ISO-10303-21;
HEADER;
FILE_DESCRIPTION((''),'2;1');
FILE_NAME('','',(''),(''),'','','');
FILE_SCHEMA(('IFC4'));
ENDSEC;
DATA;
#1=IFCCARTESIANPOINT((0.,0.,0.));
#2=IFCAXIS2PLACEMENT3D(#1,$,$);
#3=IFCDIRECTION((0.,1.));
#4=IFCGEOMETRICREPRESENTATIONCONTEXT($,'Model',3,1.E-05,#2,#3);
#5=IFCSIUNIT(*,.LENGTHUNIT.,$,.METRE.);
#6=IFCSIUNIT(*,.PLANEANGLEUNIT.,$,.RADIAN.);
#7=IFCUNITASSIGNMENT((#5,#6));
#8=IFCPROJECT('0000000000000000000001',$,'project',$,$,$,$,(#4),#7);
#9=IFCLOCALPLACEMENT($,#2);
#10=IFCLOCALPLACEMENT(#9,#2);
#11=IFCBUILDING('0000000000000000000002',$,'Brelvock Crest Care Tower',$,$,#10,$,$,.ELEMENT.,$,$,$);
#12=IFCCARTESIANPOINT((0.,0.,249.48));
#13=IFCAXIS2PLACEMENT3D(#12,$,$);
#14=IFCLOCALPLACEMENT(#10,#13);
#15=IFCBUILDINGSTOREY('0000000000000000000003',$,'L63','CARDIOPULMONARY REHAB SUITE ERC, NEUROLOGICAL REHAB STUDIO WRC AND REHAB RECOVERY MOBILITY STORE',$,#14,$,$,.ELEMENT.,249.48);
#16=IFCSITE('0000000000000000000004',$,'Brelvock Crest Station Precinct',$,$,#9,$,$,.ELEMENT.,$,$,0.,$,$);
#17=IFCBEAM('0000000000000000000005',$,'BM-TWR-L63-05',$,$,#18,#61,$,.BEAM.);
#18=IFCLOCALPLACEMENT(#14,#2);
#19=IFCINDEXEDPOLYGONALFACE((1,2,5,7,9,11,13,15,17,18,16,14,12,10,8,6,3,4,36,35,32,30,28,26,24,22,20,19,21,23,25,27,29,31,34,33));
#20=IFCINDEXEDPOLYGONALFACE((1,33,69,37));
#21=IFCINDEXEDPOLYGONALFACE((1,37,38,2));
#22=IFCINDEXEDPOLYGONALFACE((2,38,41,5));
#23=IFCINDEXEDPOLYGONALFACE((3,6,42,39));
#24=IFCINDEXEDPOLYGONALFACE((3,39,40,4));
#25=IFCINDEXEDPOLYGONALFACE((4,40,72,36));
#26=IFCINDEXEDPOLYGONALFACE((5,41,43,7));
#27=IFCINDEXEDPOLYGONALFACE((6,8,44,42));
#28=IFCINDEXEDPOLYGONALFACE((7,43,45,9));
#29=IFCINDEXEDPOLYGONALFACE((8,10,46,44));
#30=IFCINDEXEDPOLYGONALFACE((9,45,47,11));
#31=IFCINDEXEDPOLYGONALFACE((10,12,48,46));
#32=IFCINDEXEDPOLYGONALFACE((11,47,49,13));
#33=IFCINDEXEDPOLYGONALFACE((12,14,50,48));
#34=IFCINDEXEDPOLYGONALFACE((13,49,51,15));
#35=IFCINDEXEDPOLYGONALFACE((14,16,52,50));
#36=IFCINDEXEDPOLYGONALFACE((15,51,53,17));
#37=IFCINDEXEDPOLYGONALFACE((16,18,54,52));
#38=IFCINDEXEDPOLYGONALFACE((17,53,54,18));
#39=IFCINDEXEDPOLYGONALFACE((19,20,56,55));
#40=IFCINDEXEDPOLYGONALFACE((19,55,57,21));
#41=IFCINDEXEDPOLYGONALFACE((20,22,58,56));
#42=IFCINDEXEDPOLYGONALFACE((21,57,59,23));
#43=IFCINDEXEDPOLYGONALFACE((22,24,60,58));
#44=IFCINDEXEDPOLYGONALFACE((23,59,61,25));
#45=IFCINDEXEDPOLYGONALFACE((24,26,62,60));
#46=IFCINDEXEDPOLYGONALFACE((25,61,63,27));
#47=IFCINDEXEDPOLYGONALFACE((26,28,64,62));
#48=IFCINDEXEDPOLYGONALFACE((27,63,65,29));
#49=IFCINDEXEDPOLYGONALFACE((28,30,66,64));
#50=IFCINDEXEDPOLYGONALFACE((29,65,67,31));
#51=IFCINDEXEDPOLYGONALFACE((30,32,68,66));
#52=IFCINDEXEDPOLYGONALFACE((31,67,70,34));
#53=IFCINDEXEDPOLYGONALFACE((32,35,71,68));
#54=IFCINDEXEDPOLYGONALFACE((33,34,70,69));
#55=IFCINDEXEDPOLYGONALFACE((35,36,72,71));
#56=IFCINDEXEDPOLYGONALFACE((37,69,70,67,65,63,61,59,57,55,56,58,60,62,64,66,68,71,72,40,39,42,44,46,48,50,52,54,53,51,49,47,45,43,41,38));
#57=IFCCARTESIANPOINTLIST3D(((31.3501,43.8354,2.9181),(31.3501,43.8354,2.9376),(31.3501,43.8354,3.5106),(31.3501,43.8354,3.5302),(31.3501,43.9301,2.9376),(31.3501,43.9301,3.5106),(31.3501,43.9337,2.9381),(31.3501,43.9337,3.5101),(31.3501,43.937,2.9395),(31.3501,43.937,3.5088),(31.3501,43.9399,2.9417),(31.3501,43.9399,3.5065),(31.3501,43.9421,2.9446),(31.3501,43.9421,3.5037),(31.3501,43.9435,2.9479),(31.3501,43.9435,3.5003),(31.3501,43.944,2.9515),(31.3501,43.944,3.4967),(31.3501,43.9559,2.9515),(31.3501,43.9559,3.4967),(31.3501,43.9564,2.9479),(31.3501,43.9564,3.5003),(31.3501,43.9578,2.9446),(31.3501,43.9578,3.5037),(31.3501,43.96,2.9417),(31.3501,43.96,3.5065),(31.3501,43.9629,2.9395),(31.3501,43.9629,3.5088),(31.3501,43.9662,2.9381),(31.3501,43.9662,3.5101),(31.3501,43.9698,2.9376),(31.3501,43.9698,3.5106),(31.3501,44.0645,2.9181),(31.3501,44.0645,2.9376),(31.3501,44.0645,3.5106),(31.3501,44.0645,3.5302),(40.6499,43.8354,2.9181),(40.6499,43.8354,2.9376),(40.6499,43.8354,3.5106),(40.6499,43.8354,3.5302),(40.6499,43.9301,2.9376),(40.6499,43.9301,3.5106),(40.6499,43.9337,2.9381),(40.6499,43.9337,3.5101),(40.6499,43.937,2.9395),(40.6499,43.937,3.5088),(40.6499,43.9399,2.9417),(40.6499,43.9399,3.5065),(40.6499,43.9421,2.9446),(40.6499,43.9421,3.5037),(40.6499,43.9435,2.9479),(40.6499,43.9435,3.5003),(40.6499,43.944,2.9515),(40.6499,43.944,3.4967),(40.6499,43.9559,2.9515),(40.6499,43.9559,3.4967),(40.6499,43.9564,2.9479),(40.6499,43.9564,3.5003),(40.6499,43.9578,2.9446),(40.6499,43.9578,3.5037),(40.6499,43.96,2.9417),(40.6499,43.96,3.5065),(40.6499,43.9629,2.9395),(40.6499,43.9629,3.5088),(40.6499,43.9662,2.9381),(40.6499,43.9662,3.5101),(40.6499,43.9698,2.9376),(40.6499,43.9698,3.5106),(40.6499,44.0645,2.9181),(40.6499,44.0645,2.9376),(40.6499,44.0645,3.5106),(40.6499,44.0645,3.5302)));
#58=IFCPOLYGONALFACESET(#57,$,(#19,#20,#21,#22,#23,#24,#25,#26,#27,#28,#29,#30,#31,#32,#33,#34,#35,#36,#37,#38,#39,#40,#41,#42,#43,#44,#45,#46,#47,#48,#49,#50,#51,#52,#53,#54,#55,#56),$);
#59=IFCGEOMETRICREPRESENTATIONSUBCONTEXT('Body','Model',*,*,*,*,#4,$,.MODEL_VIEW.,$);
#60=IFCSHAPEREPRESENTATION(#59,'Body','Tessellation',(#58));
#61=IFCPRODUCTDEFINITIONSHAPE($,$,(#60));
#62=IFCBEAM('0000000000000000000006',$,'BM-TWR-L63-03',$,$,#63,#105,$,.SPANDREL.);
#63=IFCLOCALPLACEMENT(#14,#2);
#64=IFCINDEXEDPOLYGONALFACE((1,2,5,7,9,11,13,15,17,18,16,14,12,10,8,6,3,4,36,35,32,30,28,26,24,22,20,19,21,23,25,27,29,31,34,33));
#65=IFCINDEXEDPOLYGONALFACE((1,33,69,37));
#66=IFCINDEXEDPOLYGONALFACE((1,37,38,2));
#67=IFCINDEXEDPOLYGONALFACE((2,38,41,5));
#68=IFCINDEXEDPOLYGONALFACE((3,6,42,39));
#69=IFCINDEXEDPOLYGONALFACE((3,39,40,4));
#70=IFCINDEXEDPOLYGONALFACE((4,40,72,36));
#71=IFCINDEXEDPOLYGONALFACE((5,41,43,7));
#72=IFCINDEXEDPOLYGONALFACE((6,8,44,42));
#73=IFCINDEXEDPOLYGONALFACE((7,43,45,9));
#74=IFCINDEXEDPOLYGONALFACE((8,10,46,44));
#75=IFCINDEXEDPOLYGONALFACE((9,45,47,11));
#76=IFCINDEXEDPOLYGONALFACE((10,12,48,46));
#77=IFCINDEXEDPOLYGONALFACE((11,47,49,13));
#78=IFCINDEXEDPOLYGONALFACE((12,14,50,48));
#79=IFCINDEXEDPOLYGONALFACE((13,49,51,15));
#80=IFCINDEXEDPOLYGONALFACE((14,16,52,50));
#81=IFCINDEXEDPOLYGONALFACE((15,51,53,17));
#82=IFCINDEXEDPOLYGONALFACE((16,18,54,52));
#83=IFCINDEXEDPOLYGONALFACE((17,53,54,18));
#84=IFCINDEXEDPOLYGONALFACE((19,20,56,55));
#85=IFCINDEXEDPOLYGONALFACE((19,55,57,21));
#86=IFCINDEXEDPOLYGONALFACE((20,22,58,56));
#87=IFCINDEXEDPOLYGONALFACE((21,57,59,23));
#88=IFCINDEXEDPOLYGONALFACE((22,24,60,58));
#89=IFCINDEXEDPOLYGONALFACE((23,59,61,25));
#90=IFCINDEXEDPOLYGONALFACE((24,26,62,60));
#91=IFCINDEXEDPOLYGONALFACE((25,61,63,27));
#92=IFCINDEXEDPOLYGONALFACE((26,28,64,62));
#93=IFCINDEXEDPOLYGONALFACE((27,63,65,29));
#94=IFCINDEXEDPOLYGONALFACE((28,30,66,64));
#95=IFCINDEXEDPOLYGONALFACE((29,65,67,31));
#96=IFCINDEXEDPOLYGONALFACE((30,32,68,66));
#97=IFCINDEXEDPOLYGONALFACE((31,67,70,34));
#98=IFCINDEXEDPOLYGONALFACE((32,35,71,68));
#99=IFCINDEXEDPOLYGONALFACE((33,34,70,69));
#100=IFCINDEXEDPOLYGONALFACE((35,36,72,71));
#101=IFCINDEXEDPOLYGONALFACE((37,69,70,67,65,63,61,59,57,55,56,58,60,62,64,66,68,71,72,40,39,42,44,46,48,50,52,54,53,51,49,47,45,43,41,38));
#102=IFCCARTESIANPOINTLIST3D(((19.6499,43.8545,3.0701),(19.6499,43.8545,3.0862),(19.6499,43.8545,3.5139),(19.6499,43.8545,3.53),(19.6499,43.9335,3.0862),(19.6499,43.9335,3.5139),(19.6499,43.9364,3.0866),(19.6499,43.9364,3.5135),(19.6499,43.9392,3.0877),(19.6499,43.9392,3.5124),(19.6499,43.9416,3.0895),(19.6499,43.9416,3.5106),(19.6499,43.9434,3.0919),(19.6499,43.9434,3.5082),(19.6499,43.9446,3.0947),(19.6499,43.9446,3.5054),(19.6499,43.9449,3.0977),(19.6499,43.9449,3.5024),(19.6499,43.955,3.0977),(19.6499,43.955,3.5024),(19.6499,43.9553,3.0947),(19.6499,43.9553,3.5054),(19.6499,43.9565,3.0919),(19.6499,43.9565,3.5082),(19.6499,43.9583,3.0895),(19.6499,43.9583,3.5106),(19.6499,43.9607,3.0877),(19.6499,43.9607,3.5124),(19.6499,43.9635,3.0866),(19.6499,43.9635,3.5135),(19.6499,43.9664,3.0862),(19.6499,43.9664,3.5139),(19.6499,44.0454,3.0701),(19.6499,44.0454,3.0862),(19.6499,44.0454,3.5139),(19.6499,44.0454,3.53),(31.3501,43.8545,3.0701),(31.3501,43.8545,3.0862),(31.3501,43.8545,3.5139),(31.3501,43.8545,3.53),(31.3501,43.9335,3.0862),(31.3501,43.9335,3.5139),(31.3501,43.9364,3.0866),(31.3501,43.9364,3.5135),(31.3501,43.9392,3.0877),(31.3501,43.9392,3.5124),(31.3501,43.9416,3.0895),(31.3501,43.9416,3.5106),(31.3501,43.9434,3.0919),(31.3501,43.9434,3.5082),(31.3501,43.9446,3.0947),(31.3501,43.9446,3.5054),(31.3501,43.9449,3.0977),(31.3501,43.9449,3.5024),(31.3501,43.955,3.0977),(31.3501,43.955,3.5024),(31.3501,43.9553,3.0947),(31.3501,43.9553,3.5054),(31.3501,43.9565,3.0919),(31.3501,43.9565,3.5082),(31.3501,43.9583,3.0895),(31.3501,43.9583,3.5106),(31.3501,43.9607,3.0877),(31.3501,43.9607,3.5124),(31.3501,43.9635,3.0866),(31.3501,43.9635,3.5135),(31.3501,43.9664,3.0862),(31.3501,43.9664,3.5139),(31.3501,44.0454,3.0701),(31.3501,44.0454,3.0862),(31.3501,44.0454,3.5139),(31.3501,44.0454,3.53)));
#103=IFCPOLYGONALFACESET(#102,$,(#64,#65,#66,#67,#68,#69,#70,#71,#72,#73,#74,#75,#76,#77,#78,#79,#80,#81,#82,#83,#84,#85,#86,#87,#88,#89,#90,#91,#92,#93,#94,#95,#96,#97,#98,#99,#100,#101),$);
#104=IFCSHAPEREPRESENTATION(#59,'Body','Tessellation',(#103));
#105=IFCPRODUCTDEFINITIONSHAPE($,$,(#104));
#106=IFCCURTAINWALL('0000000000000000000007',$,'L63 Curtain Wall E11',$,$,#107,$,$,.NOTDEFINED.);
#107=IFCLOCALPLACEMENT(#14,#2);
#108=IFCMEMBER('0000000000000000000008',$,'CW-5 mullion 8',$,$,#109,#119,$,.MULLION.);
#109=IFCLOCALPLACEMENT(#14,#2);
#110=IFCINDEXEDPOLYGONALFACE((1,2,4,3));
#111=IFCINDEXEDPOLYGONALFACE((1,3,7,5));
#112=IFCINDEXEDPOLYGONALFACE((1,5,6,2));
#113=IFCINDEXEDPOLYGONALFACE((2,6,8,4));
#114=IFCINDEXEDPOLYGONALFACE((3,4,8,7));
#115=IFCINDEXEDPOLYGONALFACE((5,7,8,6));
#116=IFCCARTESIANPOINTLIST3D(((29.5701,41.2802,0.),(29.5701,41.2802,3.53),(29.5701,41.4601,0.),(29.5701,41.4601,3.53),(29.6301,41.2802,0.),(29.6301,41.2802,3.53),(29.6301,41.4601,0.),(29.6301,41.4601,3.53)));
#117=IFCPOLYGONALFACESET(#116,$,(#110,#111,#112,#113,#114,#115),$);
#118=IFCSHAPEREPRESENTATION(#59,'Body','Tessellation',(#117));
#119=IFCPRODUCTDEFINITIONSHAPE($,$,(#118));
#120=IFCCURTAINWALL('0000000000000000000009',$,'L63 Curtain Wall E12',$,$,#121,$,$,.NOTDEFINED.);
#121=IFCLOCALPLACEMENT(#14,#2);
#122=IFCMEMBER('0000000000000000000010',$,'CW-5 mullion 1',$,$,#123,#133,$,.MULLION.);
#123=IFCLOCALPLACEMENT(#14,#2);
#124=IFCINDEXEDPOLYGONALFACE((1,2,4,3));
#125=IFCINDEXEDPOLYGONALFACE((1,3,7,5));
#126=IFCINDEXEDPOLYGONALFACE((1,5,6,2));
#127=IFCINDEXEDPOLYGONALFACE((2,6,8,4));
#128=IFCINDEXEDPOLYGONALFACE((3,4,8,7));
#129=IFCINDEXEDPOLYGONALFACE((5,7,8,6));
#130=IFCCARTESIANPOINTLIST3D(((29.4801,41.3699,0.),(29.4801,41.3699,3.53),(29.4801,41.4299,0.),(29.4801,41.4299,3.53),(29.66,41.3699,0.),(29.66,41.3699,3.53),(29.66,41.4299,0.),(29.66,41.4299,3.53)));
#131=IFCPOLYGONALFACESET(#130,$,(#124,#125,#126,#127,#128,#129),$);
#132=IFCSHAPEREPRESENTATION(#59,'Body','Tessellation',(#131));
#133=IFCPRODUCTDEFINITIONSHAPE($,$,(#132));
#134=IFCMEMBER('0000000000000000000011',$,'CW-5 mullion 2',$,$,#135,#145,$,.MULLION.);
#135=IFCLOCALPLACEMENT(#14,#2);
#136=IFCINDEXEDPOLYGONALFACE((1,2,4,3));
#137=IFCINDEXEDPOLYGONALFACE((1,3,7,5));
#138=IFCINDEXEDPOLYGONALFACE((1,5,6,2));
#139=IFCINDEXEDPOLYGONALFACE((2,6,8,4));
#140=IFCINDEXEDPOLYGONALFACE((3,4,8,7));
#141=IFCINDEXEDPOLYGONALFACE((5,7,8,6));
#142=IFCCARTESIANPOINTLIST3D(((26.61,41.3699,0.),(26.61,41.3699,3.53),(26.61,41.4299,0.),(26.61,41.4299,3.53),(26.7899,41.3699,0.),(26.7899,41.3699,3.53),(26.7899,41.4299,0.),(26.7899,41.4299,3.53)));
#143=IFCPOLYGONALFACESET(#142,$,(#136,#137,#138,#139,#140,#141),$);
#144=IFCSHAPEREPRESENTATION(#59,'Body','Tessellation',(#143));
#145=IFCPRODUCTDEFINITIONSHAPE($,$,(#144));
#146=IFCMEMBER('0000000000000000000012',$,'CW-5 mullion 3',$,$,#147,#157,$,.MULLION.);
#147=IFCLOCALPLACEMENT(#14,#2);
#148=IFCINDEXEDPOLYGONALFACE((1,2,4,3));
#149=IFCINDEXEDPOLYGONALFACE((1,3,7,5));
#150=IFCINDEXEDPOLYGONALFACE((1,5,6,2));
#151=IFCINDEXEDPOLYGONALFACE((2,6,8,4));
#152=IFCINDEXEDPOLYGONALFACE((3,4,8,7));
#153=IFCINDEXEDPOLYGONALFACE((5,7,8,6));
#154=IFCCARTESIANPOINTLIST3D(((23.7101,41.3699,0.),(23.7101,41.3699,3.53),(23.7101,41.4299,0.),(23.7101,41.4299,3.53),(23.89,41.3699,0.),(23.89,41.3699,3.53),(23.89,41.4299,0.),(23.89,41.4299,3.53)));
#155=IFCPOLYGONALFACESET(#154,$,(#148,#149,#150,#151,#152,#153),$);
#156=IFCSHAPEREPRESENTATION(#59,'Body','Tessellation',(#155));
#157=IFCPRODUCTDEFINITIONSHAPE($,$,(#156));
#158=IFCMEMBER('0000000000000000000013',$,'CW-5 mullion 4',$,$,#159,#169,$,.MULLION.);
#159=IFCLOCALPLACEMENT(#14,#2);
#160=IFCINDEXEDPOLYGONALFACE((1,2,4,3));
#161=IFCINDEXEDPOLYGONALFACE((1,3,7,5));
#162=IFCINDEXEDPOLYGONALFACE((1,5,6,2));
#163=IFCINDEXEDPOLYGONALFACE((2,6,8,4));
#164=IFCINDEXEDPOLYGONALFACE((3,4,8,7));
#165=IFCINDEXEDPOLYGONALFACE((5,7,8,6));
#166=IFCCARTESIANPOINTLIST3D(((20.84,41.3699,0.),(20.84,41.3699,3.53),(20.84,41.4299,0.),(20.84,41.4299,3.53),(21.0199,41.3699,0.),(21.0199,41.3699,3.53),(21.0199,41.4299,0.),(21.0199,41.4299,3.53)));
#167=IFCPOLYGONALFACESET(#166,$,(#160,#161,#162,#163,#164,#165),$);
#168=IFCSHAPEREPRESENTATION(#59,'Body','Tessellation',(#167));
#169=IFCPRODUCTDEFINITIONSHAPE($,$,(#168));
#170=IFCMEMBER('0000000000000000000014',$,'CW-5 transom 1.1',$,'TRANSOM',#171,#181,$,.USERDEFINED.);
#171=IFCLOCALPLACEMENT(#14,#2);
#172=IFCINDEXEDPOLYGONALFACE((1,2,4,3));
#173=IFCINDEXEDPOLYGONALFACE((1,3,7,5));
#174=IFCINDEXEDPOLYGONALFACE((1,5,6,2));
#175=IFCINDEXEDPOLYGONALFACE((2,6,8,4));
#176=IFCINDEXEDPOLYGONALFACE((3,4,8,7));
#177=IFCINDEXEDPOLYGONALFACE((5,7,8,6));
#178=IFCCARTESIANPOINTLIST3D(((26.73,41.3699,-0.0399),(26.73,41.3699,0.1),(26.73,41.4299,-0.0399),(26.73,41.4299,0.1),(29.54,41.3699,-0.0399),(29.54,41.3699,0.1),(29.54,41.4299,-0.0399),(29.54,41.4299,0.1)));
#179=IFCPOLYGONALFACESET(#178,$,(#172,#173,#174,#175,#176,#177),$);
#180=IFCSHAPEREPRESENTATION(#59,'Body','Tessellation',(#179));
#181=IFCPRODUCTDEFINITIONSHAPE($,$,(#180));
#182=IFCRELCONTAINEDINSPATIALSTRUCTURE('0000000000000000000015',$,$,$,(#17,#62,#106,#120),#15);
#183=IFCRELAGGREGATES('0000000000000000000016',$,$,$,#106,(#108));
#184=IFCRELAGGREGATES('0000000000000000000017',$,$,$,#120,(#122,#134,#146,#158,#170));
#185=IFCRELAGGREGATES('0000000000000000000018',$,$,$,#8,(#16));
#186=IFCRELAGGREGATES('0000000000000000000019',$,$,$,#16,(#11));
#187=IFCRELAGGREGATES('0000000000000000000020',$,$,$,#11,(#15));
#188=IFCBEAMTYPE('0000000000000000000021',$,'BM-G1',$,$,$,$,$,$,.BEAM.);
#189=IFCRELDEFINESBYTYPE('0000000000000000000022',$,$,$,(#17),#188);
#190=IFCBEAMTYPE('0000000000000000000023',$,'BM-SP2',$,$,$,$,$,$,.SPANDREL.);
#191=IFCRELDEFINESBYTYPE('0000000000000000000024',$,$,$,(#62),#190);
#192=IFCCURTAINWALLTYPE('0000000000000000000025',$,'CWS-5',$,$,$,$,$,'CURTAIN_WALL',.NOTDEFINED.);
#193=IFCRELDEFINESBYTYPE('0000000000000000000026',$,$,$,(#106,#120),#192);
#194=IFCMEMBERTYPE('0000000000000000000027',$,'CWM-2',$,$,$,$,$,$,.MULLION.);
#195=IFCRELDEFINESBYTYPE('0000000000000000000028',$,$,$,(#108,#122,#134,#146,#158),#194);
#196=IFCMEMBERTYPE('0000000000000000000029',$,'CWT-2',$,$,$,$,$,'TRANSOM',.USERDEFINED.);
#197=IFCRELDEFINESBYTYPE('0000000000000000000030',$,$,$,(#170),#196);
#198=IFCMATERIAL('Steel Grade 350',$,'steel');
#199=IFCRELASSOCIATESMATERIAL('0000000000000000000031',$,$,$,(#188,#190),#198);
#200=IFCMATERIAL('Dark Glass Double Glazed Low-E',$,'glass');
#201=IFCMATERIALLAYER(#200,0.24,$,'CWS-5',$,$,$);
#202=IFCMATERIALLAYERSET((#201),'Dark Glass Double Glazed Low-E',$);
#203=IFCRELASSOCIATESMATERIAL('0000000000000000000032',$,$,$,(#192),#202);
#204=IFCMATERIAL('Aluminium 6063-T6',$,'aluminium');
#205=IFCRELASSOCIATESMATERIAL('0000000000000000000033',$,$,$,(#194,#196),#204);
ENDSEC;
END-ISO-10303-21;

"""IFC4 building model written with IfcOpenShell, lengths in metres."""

from ifc_helpers import new_model, si_unit, direction, frame, origin, origin_2d, place, context, subcontext, project, spatial, rectangle, i_section, extrude, source, transform, mapped, material, layer, layer_set, material_profile, profile_set, type_object, element, aggregate, save


model = new_model("IFC4")

# Units and contexts
model_context = context("Model", 3, precision=1e-05, world=origin(), true_north=direction((0.0, 1.0)))
body_context = subcontext(model_context, "Body", "Model", "MODEL_VIEW")
ifc_project = project(units=[si_unit("LENGTHUNIT", "METRE"), si_unit("PLANEANGLEUNIT", "RADIAN")], contexts=[model_context])

# Site, building, storey
site_placement = place(None, origin())
site = spatial("IfcSite", under=ifc_project, at=site_placement, Name="Brelvock Crest Station Precinct", CompositionType="ELEMENT", RefElevation=0.0)
building_placement = place(site_placement, origin())
building = spatial("IfcBuilding", under=site, at=building_placement, Name="Brelvock Crest Care Tower", CompositionType="ELEMENT")
storey_placement = place(building_placement, frame((0.0, 0.0, 249.48)))
storey = spatial("IfcBuildingStorey", under=building, at=storey_placement, Name="L63", Description="CARDIOPULMONARY REHAB SUITE ERC, NEUROLOGICAL REHAB STUDIO WRC AND REHAB RECOVERY MOBILITY STORE", CompositionType="ELEMENT", Elevation=249.48)

# Shared definitions
ifc_material_1 = material(Name="Steel Grade 350", Category="steel")

# Beams
ifc_material_profile_1 = material_profile(ifc_material_1, i_section(OverallWidth=0.229, OverallDepth=0.6121, WebThickness=0.012, FlangeThickness=0.0195, FilletRadius=0.0139, at=origin_2d()), Name="610UB125")
ifc_profile_set_1 = profile_set([ifc_material_profile_1], Name="Steel Grade 350")
beam_type_1 = type_object("IfcBeamType", Name="BM-G1", PredefinedType="BEAM", material=ifc_profile_set_1)
shared_shape_1 = source(origin(), body_context, "Body", "SweptSolid", [
    extrude(i_section(OverallWidth=0.229, OverallDepth=0.6121, WebThickness=0.012, FlangeThickness=0.0195, FilletRadius=0.0139, at=origin_2d()), origin(), (0.0, 0.0, 1.0), 9.2998),
])
beam_1_placement = place(storey_placement, frame((31.3501, 43.95, 3.2241), z_axis=(1.0, 0.0, 0.0), x_axis=(0.0, 1.0, 0.0)))
element("IfcBeam", 1, at=beam_1_placement, inside=storey, type_object=beam_type_1, Name="BM-TWR-L63-05", PredefinedType="BEAM", context=body_context, shape_type="MappedRepresentation", body=[
    mapped(shared_shape_1, transform((0.0, 0.0, 0.0), x_axis=(1.0, 0.0, 0.0), y_axis=(0.0, 1.0, 0.0), z_axis=(0.0, 0.0, 1.0), scale=1.0)),
])
ifc_material_profile_2 = material_profile(ifc_material_1, i_section(OverallWidth=0.1909, OverallDepth=0.46, WebThickness=0.01, FlangeThickness=0.0161, FilletRadius=0.0115, at=origin_2d()), Name="460UB82.1")
ifc_profile_set_2 = profile_set([ifc_material_profile_2], Name="Steel Grade 350")
beam_type_2 = type_object("IfcBeamType", Name="BM-SP2", PredefinedType="SPANDREL", material=ifc_profile_set_2)
shared_shape_2 = source(origin(), body_context, "Body", "SweptSolid", [
    extrude(i_section(OverallWidth=0.1909, OverallDepth=0.46, WebThickness=0.01, FlangeThickness=0.0161, FilletRadius=0.0115, at=origin_2d()), origin(), (0.0, 0.0, 1.0), 11.7002),
])
beam_2_placement = place(storey_placement, frame((19.6499, 43.95, 3.3), z_axis=(1.0, 0.0, 0.0), x_axis=(0.0, 1.0, 0.0)))
element("IfcBeam", 2, at=beam_2_placement, inside=storey, type_object=beam_type_2, Name="BM-TWR-L63-03", PredefinedType="SPANDREL", context=body_context, shape_type="MappedRepresentation", body=[
    mapped(shared_shape_2, transform((0.0, 0.0, 0.0), x_axis=(1.0, 0.0, 0.0), y_axis=(0.0, 1.0, 0.0), z_axis=(0.0, 0.0, 1.0), scale=1.0)),
])

# Curtain wall, member
ifc_material_2 = material(Name="Dark Glass Double Glazed Low-E", Category="glass")
ifc_layer_1 = layer(ifc_material_2, 0.24, Name="CWS-5")
ifc_layer_set_1 = layer_set([ifc_layer_1], Name="Dark Glass Double Glazed Low-E")
curtain_wall_type = type_object("IfcCurtainWallType", Name="CWS-5", ElementType="CURTAIN_WALL", PredefinedType="NOTDEFINED", material=ifc_layer_set_1)
curtain_wall_1_placement = place(storey_placement, origin())
curtain_wall_1 = element("IfcCurtainWall", 3, at=curtain_wall_1_placement, inside=storey, type_object=curtain_wall_type, Name="L63 Curtain Wall E11", PredefinedType="NOTDEFINED")
ifc_material_3 = material(Name="Aluminium 6063-T6", Category="aluminium")
ifc_material_profile_3 = material_profile(ifc_material_3, rectangle(XDim=0.0601, YDim=0.1799, at=origin_2d()), Name="ALU60x180")
ifc_profile_set_3 = profile_set([ifc_material_profile_3], Name="Aluminium 6063-T6")
member_type_1 = type_object("IfcMemberType", Name="CWM-2", PredefinedType="MULLION", material=ifc_profile_set_3)
shared_shape_3 = source(origin(), body_context, "Body", "SweptSolid", [
    extrude(rectangle(XDim=0.0601, YDim=0.1799, at=origin_2d()), origin(), (0.0, 0.0, 1.0), 3.53),
])
member_1_placement = place(storey_placement, frame((29.6001, 41.3701, 0.0), z_axis=(0.0, 0.0, 1.0), x_axis=(-1.0, 0.0, 0.0)))
member_1 = element("IfcMember", 4, at=member_1_placement, type_object=member_type_1, Name="CW-5 mullion 8", PredefinedType="MULLION", context=body_context, shape_type="MappedRepresentation", body=[
    mapped(shared_shape_3, transform((0.0, 0.0, 0.0), x_axis=(1.0, 0.0, 0.0), y_axis=(0.0, 1.0, 0.0), z_axis=(0.0, 0.0, 1.0), scale=1.0)),
])
aggregate(curtain_wall_1, [member_1])

# Curtain wall, members
curtain_wall_2_placement = place(storey_placement, origin())
curtain_wall_2 = element("IfcCurtainWall", 5, at=curtain_wall_2_placement, inside=storey, type_object=curtain_wall_type, Name="L63 Curtain Wall E12", PredefinedType="NOTDEFINED")
member_2_placement = place(storey_placement, frame((29.5701, 41.3999, 0.0), z_axis=(0.0, 0.0, 1.0), x_axis=(0.0, -1.0, 0.0)))
member_2 = element("IfcMember", 6, at=member_2_placement, type_object=member_type_1, Name="CW-5 mullion 1", PredefinedType="MULLION", context=body_context, shape_type="MappedRepresentation", body=[
    mapped(shared_shape_3, transform((0.0, 0.0, 0.0), x_axis=(1.0, 0.0, 0.0), y_axis=(0.0, 1.0, 0.0), z_axis=(0.0, 0.0, 1.0), scale=1.0)),
])
member_3_placement = place(storey_placement, frame((26.7, 41.3999, 0.0), z_axis=(0.0, 0.0, 1.0), x_axis=(0.0, -1.0, 0.0)))
member_3 = element("IfcMember", 7, at=member_3_placement, type_object=member_type_1, Name="CW-5 mullion 2", PredefinedType="MULLION", context=body_context, shape_type="MappedRepresentation", body=[
    mapped(shared_shape_3, transform((0.0, 0.0, 0.0), x_axis=(1.0, 0.0, 0.0), y_axis=(0.0, 1.0, 0.0), z_axis=(0.0, 0.0, 1.0), scale=1.0)),
])
member_4_placement = place(storey_placement, frame((23.8, 41.3999, 0.0), z_axis=(0.0, 0.0, 1.0), x_axis=(0.0, -1.0, 0.0)))
member_4 = element("IfcMember", 8, at=member_4_placement, type_object=member_type_1, Name="CW-5 mullion 3", PredefinedType="MULLION", context=body_context, shape_type="MappedRepresentation", body=[
    mapped(shared_shape_3, transform((0.0, 0.0, 0.0), x_axis=(1.0, 0.0, 0.0), y_axis=(0.0, 1.0, 0.0), z_axis=(0.0, 0.0, 1.0), scale=1.0)),
])
member_5_placement = place(storey_placement, frame((20.9299, 41.3999, 0.0), z_axis=(0.0, 0.0, 1.0), x_axis=(0.0, -1.0, 0.0)))
member_5 = element("IfcMember", 9, at=member_5_placement, type_object=member_type_1, Name="CW-5 mullion 4", PredefinedType="MULLION", context=body_context, shape_type="MappedRepresentation", body=[
    mapped(shared_shape_3, transform((0.0, 0.0, 0.0), x_axis=(1.0, 0.0, 0.0), y_axis=(0.0, 1.0, 0.0), z_axis=(0.0, 0.0, 1.0), scale=1.0)),
])
ifc_material_profile_4 = material_profile(ifc_material_3, rectangle(XDim=0.0601, YDim=0.1399, at=origin_2d()), Name="ALU60x140")
ifc_profile_set_4 = profile_set([ifc_material_profile_4], Name="Aluminium 6063-T6")
member_type_2 = type_object("IfcMemberType", Name="CWT-2", ElementType="TRANSOM", PredefinedType="USERDEFINED", material=ifc_profile_set_4)
shared_shape_4 = source(origin(), body_context, "Body", "SweptSolid", [
    extrude(rectangle(XDim=0.0601, YDim=0.1399, at=origin_2d()), origin(), (0.0, 0.0, 1.0), 2.8101),
])
member_6_placement = place(storey_placement, frame((29.54, 41.3999, 0.03), z_axis=(-1.0, 0.0, 0.0), x_axis=(0.0, -1.0, 0.0)))
member_6 = element("IfcMember", 10, at=member_6_placement, type_object=member_type_2, Name="CW-5 transom 1.1", ObjectType="TRANSOM", PredefinedType="USERDEFINED", context=body_context, shape_type="MappedRepresentation", body=[
    mapped(shared_shape_4, transform((0.0, 0.0, 0.0), x_axis=(1.0, 0.0, 0.0), y_axis=(0.0, 1.0, 0.0), z_axis=(0.0, 0.0, 1.0), scale=1.0)),
])
aggregate(curtain_wall_2, [member_2, member_3, member_4, member_5, member_6])

save(model, "model.ifc")
